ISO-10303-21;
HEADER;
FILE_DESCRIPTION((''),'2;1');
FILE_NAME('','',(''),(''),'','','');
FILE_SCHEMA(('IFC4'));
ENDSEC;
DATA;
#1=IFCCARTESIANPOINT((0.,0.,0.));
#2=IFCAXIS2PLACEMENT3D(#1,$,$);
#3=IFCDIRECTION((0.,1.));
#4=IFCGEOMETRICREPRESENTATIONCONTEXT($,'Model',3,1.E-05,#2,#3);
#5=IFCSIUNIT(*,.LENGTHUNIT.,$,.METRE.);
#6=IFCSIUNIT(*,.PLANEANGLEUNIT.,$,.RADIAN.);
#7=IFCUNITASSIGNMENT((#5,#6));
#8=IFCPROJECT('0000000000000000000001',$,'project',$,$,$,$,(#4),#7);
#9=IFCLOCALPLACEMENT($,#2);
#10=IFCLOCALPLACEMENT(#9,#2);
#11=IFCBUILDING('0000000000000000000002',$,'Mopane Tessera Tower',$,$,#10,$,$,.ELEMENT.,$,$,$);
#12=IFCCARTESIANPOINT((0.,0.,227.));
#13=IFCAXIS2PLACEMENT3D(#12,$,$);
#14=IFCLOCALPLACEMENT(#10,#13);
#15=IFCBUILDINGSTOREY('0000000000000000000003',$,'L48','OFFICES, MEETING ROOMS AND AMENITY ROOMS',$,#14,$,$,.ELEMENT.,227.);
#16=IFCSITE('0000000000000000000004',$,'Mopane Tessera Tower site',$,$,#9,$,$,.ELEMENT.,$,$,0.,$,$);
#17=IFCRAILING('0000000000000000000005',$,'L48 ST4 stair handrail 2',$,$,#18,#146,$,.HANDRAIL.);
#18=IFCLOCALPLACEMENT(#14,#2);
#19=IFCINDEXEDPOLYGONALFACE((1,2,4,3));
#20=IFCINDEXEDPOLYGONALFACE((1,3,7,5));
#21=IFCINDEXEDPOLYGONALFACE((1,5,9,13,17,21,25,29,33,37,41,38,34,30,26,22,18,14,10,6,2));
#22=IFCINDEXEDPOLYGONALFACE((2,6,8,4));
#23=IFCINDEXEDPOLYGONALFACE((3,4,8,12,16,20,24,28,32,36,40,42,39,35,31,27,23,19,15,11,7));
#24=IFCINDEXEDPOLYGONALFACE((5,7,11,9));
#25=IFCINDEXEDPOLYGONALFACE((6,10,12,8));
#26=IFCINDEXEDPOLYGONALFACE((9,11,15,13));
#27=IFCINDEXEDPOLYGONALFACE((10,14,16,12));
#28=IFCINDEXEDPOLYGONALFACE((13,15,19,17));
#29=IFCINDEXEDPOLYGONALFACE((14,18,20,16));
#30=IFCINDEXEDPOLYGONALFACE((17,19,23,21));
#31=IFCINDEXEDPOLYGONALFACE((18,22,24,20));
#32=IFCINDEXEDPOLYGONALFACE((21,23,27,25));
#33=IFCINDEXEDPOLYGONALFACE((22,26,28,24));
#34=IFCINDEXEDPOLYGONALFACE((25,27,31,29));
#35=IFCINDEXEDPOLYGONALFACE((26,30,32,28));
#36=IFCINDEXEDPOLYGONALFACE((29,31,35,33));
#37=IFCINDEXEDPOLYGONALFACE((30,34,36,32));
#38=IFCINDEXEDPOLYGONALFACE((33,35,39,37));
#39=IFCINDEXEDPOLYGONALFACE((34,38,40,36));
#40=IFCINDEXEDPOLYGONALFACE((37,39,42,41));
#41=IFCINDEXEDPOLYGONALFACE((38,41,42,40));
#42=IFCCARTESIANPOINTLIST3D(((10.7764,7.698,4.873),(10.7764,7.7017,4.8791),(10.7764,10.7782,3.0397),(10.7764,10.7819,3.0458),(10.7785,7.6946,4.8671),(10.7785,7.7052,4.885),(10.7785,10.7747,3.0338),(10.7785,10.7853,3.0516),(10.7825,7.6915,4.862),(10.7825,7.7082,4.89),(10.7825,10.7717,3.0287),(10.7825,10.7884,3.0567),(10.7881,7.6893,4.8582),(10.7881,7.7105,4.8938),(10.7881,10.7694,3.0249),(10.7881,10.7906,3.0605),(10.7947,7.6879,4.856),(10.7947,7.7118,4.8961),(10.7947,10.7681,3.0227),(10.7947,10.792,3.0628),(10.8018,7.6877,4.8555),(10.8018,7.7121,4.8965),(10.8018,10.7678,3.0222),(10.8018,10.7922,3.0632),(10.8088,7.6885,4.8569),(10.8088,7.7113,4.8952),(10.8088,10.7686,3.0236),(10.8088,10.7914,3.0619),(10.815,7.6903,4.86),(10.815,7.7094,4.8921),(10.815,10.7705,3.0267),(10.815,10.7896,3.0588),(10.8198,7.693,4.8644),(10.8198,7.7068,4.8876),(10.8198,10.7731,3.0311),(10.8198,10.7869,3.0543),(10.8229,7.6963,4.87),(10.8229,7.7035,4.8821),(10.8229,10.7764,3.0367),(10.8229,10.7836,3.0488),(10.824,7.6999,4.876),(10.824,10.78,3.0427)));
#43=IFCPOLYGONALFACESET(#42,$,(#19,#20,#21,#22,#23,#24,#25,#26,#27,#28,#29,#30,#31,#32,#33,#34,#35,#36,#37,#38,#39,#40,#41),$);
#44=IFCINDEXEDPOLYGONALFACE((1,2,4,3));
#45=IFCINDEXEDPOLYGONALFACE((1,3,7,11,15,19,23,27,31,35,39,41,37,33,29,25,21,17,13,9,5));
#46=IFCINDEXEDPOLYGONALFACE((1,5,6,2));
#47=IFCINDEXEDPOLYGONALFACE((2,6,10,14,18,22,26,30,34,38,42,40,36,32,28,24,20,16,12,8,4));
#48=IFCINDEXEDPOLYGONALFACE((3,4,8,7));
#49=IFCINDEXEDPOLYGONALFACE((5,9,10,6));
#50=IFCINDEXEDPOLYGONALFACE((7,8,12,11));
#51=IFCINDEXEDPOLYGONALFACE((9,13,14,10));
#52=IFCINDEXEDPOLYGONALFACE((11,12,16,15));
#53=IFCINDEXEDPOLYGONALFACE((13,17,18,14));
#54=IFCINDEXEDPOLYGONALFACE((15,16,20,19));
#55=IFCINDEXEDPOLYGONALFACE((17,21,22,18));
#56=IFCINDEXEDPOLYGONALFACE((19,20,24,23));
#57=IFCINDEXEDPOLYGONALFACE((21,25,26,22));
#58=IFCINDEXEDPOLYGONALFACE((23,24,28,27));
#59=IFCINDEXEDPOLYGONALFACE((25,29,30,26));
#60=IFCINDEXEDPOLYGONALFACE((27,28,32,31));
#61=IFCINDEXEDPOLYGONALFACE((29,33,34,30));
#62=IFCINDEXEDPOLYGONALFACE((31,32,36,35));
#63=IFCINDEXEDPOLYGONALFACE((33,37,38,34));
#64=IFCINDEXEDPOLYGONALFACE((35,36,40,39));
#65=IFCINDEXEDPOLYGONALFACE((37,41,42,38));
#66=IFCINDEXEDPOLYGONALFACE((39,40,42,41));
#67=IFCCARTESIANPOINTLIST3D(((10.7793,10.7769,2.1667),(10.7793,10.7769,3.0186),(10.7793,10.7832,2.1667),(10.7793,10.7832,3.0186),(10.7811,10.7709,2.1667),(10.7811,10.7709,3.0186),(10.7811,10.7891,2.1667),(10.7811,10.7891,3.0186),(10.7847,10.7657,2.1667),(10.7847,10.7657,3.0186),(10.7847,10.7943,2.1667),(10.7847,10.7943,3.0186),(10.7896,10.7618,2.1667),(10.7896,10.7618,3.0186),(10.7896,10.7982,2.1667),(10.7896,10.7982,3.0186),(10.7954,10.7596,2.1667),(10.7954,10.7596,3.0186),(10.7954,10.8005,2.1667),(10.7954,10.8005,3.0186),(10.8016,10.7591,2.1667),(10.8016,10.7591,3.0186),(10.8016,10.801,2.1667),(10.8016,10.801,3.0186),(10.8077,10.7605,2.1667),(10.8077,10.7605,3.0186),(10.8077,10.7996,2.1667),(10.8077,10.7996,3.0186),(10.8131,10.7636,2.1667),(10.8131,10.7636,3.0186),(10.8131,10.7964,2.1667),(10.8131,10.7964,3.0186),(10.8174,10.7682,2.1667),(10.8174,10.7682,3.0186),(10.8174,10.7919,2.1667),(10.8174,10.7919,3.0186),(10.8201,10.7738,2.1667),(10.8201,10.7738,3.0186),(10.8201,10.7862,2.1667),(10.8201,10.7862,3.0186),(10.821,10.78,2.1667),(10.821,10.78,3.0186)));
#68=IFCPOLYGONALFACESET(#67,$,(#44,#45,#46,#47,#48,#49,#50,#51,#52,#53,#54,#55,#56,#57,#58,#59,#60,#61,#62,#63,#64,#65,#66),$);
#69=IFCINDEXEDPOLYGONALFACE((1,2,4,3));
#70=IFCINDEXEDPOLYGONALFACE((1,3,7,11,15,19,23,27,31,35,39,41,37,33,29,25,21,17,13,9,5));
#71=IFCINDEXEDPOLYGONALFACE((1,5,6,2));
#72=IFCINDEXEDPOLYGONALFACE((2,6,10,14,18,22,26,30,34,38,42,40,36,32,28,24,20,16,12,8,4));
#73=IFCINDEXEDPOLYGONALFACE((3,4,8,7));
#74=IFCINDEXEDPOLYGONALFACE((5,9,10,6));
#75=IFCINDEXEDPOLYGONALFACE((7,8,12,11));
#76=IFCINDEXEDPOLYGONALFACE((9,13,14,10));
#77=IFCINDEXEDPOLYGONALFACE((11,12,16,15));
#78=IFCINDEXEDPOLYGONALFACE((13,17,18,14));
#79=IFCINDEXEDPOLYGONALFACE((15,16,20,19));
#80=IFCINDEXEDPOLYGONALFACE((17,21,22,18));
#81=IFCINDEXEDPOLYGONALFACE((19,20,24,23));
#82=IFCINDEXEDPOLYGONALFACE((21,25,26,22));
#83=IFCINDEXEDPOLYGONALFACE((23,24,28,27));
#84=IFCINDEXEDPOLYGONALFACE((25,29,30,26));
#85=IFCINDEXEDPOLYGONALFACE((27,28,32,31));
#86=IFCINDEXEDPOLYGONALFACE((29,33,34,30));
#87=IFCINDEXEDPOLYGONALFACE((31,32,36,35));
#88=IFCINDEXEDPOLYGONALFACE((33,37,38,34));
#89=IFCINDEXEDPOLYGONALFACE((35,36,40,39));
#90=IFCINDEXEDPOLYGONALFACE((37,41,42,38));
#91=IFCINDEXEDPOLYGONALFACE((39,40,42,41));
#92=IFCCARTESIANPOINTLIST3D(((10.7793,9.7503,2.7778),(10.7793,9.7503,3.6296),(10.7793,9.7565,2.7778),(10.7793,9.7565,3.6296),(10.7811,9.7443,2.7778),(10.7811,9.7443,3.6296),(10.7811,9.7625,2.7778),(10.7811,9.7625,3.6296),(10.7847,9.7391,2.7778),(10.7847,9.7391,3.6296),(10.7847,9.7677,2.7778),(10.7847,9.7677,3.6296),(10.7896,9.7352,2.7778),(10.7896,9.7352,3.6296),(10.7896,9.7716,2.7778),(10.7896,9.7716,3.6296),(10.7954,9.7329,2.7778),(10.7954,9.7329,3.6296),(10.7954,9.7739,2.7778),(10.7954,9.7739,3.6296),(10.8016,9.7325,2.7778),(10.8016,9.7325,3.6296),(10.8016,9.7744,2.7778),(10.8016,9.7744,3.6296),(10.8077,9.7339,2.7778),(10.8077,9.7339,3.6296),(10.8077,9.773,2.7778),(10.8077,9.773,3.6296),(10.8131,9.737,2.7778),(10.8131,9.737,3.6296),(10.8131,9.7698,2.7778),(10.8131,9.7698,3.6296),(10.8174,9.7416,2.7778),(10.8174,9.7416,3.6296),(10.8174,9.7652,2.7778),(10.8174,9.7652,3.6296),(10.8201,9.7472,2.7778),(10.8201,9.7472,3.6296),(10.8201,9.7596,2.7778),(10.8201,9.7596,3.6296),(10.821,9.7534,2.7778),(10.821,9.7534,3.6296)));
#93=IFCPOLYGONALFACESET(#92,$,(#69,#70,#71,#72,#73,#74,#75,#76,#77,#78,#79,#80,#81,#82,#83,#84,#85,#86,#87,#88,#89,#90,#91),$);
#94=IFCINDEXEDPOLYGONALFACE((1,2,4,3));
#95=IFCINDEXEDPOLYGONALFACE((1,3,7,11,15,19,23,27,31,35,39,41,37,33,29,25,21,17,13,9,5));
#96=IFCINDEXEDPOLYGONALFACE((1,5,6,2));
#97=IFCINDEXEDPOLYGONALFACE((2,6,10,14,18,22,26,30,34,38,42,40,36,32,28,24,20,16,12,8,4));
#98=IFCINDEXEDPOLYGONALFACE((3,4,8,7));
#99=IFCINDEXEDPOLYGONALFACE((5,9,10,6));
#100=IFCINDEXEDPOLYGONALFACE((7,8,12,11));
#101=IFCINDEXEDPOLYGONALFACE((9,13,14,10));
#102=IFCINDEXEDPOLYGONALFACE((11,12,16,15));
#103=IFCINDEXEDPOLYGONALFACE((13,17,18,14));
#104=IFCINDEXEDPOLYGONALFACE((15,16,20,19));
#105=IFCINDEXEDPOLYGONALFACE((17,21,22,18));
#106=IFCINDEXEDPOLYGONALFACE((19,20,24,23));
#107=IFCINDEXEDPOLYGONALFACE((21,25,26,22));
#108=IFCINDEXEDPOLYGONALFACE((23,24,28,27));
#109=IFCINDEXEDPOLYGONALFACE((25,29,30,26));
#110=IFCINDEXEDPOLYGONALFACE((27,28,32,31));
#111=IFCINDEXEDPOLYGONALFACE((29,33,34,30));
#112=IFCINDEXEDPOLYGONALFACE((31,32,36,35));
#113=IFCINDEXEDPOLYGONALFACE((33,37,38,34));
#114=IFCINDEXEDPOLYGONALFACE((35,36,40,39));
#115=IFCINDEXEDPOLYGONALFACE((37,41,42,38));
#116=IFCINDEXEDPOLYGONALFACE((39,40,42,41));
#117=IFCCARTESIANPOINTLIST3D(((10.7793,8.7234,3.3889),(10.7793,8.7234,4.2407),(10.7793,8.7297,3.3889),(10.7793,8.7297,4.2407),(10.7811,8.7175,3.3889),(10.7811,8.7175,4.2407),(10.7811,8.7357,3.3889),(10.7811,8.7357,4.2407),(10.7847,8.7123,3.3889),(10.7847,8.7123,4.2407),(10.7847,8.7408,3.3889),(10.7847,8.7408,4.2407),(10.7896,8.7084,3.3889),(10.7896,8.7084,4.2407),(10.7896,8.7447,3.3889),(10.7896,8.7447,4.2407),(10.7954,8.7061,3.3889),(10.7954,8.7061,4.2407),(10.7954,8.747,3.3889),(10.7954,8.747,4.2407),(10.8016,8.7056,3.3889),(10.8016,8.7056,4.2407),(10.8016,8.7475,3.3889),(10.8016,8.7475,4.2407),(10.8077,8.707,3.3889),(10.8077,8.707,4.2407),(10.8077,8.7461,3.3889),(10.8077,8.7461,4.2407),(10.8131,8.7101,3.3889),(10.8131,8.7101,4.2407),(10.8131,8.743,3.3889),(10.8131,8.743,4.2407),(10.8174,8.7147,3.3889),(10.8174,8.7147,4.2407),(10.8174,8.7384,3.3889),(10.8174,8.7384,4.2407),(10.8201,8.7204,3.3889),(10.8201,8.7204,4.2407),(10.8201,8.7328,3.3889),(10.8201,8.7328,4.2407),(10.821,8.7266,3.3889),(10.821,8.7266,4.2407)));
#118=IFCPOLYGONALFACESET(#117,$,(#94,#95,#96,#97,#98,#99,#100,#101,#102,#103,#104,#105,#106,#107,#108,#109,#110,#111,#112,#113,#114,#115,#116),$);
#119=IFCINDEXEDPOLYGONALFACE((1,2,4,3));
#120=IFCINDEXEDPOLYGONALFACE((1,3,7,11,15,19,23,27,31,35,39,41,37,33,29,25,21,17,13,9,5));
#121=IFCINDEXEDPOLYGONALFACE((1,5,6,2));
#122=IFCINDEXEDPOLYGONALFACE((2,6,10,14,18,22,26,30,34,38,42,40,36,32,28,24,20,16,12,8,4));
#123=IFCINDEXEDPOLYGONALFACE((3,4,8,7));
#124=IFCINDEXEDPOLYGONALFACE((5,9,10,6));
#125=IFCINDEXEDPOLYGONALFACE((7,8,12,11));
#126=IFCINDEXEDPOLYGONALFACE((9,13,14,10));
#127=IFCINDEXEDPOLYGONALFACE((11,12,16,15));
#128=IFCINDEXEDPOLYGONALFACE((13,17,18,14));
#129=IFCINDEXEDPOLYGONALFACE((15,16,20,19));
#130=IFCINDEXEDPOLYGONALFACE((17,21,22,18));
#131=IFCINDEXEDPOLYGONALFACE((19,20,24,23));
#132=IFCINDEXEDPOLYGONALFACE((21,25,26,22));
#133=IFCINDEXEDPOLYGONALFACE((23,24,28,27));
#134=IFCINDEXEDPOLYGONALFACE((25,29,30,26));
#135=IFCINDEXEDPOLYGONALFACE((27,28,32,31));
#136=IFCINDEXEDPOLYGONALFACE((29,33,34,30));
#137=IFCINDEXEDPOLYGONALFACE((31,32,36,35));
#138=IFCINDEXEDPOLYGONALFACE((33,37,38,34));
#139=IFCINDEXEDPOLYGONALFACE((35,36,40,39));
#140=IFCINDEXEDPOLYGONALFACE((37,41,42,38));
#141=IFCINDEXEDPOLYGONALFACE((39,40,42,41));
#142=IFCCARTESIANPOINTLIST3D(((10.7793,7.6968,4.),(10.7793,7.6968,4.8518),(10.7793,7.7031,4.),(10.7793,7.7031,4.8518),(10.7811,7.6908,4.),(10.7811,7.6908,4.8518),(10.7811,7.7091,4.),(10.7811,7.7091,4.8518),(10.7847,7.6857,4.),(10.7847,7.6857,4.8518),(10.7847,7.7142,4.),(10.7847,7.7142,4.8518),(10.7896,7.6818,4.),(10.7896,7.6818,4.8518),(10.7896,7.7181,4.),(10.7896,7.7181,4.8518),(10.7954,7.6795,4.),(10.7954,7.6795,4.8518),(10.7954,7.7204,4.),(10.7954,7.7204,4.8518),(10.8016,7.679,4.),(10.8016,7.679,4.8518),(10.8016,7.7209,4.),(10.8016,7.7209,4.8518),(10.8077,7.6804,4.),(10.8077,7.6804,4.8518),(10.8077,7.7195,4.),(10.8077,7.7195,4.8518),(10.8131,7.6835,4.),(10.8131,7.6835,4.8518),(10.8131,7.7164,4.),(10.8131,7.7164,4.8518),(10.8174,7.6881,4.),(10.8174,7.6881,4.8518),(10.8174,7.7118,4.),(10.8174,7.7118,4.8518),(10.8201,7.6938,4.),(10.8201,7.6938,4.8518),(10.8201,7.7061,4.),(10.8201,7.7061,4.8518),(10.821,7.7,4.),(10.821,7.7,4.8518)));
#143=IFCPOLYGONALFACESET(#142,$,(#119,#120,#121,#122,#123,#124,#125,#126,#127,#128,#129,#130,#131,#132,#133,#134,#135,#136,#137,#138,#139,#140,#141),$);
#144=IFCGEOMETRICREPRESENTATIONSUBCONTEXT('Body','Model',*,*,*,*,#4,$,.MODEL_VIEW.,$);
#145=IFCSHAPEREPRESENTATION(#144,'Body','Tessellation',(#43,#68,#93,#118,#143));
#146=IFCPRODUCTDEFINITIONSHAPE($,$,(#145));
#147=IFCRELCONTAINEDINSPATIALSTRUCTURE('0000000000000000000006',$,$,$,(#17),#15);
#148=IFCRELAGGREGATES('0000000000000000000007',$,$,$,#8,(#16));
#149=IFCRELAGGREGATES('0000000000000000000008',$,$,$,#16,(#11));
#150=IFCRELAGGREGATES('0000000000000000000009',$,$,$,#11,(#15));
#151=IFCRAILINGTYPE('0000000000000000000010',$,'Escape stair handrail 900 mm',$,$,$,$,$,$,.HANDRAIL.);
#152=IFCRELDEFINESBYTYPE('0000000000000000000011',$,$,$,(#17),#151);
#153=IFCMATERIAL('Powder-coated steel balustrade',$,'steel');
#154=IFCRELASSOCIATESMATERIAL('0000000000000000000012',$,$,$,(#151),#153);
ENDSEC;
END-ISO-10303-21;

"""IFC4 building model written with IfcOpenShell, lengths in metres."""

from ifc_helpers import new_model, si_unit, direction, frame, origin, origin_2d, place, context, subcontext, project, spatial, circle, extrude, material, type_object, element, save


model = new_model("IFC4")

# Units and contexts
model_context = context("Model", 3, precision=1e-05, world=origin(), true_north=direction((0.0, 1.0)))
body_context = subcontext(model_context, "Body", "Model", "MODEL_VIEW")
ifc_project = project(units=[si_unit("LENGTHUNIT", "METRE"), si_unit("PLANEANGLEUNIT", "RADIAN")], contexts=[model_context])

# Site, building, storey
site_placement = place(None, origin())
site = spatial("IfcSite", under=ifc_project, at=site_placement, Name="Mopane Tessera Tower site", CompositionType="ELEMENT", RefElevation=0.0)
building_placement = place(site_placement, origin())
building = spatial("IfcBuilding", under=site, at=building_placement, Name="Mopane Tessera Tower", CompositionType="ELEMENT")
storey_placement = place(building_placement, frame((0.0, 0.0, 227.0)))
storey = spatial("IfcBuildingStorey", under=building, at=storey_placement, Name="L48", Description="OFFICES, MEETING ROOMS AND AMENITY ROOMS", CompositionType="ELEMENT", Elevation=227.0)

# Railing
ifc_material_1 = material(Name="Powder-coated steel balustrade", Category="steel")
railing_type_1 = type_object("IfcRailingType", Name="Escape stair handrail 900 mm", PredefinedType="HANDRAIL", material=ifc_material_1)
railing_1_placement = place(storey_placement, frame((10.8, 10.78, 2.1667)))
element("IfcRailing", 1, at=railing_1_placement, inside=storey, type_object=railing_type_1, Name="L48 ST4 stair handrail 2", PredefinedType="HANDRAIL", context=body_context, shape_type="SweptSolid", body=[
    extrude(circle(Radius=0.0239, at=origin_2d()), frame((0.0, 0.0, 0.876), z_axis=(0.0, -0.859309, 0.511458), x_axis=(1.0, 0.0, 0.0)), (0.0, 0.0, 1.0), 3.5845),
    extrude(circle(Radius=0.021, at=origin_2d()), origin(), (0.0, 0.0, 1.0), 0.8518),
    extrude(circle(Radius=0.021, at=origin_2d()), frame((0.0, -1.0266, 0.6111)), (0.0, 0.0, 1.0), 0.8518),
    extrude(circle(Radius=0.021, at=origin_2d()), frame((0.0, -2.0535, 1.2222)), (0.0, 0.0, 1.0), 0.8518),
    extrude(circle(Radius=0.021, at=origin_2d()), frame((0.0, -3.0801, 1.8333)), (0.0, 0.0, 1.0), 0.8518),
])

save(model, "model.ifc")
